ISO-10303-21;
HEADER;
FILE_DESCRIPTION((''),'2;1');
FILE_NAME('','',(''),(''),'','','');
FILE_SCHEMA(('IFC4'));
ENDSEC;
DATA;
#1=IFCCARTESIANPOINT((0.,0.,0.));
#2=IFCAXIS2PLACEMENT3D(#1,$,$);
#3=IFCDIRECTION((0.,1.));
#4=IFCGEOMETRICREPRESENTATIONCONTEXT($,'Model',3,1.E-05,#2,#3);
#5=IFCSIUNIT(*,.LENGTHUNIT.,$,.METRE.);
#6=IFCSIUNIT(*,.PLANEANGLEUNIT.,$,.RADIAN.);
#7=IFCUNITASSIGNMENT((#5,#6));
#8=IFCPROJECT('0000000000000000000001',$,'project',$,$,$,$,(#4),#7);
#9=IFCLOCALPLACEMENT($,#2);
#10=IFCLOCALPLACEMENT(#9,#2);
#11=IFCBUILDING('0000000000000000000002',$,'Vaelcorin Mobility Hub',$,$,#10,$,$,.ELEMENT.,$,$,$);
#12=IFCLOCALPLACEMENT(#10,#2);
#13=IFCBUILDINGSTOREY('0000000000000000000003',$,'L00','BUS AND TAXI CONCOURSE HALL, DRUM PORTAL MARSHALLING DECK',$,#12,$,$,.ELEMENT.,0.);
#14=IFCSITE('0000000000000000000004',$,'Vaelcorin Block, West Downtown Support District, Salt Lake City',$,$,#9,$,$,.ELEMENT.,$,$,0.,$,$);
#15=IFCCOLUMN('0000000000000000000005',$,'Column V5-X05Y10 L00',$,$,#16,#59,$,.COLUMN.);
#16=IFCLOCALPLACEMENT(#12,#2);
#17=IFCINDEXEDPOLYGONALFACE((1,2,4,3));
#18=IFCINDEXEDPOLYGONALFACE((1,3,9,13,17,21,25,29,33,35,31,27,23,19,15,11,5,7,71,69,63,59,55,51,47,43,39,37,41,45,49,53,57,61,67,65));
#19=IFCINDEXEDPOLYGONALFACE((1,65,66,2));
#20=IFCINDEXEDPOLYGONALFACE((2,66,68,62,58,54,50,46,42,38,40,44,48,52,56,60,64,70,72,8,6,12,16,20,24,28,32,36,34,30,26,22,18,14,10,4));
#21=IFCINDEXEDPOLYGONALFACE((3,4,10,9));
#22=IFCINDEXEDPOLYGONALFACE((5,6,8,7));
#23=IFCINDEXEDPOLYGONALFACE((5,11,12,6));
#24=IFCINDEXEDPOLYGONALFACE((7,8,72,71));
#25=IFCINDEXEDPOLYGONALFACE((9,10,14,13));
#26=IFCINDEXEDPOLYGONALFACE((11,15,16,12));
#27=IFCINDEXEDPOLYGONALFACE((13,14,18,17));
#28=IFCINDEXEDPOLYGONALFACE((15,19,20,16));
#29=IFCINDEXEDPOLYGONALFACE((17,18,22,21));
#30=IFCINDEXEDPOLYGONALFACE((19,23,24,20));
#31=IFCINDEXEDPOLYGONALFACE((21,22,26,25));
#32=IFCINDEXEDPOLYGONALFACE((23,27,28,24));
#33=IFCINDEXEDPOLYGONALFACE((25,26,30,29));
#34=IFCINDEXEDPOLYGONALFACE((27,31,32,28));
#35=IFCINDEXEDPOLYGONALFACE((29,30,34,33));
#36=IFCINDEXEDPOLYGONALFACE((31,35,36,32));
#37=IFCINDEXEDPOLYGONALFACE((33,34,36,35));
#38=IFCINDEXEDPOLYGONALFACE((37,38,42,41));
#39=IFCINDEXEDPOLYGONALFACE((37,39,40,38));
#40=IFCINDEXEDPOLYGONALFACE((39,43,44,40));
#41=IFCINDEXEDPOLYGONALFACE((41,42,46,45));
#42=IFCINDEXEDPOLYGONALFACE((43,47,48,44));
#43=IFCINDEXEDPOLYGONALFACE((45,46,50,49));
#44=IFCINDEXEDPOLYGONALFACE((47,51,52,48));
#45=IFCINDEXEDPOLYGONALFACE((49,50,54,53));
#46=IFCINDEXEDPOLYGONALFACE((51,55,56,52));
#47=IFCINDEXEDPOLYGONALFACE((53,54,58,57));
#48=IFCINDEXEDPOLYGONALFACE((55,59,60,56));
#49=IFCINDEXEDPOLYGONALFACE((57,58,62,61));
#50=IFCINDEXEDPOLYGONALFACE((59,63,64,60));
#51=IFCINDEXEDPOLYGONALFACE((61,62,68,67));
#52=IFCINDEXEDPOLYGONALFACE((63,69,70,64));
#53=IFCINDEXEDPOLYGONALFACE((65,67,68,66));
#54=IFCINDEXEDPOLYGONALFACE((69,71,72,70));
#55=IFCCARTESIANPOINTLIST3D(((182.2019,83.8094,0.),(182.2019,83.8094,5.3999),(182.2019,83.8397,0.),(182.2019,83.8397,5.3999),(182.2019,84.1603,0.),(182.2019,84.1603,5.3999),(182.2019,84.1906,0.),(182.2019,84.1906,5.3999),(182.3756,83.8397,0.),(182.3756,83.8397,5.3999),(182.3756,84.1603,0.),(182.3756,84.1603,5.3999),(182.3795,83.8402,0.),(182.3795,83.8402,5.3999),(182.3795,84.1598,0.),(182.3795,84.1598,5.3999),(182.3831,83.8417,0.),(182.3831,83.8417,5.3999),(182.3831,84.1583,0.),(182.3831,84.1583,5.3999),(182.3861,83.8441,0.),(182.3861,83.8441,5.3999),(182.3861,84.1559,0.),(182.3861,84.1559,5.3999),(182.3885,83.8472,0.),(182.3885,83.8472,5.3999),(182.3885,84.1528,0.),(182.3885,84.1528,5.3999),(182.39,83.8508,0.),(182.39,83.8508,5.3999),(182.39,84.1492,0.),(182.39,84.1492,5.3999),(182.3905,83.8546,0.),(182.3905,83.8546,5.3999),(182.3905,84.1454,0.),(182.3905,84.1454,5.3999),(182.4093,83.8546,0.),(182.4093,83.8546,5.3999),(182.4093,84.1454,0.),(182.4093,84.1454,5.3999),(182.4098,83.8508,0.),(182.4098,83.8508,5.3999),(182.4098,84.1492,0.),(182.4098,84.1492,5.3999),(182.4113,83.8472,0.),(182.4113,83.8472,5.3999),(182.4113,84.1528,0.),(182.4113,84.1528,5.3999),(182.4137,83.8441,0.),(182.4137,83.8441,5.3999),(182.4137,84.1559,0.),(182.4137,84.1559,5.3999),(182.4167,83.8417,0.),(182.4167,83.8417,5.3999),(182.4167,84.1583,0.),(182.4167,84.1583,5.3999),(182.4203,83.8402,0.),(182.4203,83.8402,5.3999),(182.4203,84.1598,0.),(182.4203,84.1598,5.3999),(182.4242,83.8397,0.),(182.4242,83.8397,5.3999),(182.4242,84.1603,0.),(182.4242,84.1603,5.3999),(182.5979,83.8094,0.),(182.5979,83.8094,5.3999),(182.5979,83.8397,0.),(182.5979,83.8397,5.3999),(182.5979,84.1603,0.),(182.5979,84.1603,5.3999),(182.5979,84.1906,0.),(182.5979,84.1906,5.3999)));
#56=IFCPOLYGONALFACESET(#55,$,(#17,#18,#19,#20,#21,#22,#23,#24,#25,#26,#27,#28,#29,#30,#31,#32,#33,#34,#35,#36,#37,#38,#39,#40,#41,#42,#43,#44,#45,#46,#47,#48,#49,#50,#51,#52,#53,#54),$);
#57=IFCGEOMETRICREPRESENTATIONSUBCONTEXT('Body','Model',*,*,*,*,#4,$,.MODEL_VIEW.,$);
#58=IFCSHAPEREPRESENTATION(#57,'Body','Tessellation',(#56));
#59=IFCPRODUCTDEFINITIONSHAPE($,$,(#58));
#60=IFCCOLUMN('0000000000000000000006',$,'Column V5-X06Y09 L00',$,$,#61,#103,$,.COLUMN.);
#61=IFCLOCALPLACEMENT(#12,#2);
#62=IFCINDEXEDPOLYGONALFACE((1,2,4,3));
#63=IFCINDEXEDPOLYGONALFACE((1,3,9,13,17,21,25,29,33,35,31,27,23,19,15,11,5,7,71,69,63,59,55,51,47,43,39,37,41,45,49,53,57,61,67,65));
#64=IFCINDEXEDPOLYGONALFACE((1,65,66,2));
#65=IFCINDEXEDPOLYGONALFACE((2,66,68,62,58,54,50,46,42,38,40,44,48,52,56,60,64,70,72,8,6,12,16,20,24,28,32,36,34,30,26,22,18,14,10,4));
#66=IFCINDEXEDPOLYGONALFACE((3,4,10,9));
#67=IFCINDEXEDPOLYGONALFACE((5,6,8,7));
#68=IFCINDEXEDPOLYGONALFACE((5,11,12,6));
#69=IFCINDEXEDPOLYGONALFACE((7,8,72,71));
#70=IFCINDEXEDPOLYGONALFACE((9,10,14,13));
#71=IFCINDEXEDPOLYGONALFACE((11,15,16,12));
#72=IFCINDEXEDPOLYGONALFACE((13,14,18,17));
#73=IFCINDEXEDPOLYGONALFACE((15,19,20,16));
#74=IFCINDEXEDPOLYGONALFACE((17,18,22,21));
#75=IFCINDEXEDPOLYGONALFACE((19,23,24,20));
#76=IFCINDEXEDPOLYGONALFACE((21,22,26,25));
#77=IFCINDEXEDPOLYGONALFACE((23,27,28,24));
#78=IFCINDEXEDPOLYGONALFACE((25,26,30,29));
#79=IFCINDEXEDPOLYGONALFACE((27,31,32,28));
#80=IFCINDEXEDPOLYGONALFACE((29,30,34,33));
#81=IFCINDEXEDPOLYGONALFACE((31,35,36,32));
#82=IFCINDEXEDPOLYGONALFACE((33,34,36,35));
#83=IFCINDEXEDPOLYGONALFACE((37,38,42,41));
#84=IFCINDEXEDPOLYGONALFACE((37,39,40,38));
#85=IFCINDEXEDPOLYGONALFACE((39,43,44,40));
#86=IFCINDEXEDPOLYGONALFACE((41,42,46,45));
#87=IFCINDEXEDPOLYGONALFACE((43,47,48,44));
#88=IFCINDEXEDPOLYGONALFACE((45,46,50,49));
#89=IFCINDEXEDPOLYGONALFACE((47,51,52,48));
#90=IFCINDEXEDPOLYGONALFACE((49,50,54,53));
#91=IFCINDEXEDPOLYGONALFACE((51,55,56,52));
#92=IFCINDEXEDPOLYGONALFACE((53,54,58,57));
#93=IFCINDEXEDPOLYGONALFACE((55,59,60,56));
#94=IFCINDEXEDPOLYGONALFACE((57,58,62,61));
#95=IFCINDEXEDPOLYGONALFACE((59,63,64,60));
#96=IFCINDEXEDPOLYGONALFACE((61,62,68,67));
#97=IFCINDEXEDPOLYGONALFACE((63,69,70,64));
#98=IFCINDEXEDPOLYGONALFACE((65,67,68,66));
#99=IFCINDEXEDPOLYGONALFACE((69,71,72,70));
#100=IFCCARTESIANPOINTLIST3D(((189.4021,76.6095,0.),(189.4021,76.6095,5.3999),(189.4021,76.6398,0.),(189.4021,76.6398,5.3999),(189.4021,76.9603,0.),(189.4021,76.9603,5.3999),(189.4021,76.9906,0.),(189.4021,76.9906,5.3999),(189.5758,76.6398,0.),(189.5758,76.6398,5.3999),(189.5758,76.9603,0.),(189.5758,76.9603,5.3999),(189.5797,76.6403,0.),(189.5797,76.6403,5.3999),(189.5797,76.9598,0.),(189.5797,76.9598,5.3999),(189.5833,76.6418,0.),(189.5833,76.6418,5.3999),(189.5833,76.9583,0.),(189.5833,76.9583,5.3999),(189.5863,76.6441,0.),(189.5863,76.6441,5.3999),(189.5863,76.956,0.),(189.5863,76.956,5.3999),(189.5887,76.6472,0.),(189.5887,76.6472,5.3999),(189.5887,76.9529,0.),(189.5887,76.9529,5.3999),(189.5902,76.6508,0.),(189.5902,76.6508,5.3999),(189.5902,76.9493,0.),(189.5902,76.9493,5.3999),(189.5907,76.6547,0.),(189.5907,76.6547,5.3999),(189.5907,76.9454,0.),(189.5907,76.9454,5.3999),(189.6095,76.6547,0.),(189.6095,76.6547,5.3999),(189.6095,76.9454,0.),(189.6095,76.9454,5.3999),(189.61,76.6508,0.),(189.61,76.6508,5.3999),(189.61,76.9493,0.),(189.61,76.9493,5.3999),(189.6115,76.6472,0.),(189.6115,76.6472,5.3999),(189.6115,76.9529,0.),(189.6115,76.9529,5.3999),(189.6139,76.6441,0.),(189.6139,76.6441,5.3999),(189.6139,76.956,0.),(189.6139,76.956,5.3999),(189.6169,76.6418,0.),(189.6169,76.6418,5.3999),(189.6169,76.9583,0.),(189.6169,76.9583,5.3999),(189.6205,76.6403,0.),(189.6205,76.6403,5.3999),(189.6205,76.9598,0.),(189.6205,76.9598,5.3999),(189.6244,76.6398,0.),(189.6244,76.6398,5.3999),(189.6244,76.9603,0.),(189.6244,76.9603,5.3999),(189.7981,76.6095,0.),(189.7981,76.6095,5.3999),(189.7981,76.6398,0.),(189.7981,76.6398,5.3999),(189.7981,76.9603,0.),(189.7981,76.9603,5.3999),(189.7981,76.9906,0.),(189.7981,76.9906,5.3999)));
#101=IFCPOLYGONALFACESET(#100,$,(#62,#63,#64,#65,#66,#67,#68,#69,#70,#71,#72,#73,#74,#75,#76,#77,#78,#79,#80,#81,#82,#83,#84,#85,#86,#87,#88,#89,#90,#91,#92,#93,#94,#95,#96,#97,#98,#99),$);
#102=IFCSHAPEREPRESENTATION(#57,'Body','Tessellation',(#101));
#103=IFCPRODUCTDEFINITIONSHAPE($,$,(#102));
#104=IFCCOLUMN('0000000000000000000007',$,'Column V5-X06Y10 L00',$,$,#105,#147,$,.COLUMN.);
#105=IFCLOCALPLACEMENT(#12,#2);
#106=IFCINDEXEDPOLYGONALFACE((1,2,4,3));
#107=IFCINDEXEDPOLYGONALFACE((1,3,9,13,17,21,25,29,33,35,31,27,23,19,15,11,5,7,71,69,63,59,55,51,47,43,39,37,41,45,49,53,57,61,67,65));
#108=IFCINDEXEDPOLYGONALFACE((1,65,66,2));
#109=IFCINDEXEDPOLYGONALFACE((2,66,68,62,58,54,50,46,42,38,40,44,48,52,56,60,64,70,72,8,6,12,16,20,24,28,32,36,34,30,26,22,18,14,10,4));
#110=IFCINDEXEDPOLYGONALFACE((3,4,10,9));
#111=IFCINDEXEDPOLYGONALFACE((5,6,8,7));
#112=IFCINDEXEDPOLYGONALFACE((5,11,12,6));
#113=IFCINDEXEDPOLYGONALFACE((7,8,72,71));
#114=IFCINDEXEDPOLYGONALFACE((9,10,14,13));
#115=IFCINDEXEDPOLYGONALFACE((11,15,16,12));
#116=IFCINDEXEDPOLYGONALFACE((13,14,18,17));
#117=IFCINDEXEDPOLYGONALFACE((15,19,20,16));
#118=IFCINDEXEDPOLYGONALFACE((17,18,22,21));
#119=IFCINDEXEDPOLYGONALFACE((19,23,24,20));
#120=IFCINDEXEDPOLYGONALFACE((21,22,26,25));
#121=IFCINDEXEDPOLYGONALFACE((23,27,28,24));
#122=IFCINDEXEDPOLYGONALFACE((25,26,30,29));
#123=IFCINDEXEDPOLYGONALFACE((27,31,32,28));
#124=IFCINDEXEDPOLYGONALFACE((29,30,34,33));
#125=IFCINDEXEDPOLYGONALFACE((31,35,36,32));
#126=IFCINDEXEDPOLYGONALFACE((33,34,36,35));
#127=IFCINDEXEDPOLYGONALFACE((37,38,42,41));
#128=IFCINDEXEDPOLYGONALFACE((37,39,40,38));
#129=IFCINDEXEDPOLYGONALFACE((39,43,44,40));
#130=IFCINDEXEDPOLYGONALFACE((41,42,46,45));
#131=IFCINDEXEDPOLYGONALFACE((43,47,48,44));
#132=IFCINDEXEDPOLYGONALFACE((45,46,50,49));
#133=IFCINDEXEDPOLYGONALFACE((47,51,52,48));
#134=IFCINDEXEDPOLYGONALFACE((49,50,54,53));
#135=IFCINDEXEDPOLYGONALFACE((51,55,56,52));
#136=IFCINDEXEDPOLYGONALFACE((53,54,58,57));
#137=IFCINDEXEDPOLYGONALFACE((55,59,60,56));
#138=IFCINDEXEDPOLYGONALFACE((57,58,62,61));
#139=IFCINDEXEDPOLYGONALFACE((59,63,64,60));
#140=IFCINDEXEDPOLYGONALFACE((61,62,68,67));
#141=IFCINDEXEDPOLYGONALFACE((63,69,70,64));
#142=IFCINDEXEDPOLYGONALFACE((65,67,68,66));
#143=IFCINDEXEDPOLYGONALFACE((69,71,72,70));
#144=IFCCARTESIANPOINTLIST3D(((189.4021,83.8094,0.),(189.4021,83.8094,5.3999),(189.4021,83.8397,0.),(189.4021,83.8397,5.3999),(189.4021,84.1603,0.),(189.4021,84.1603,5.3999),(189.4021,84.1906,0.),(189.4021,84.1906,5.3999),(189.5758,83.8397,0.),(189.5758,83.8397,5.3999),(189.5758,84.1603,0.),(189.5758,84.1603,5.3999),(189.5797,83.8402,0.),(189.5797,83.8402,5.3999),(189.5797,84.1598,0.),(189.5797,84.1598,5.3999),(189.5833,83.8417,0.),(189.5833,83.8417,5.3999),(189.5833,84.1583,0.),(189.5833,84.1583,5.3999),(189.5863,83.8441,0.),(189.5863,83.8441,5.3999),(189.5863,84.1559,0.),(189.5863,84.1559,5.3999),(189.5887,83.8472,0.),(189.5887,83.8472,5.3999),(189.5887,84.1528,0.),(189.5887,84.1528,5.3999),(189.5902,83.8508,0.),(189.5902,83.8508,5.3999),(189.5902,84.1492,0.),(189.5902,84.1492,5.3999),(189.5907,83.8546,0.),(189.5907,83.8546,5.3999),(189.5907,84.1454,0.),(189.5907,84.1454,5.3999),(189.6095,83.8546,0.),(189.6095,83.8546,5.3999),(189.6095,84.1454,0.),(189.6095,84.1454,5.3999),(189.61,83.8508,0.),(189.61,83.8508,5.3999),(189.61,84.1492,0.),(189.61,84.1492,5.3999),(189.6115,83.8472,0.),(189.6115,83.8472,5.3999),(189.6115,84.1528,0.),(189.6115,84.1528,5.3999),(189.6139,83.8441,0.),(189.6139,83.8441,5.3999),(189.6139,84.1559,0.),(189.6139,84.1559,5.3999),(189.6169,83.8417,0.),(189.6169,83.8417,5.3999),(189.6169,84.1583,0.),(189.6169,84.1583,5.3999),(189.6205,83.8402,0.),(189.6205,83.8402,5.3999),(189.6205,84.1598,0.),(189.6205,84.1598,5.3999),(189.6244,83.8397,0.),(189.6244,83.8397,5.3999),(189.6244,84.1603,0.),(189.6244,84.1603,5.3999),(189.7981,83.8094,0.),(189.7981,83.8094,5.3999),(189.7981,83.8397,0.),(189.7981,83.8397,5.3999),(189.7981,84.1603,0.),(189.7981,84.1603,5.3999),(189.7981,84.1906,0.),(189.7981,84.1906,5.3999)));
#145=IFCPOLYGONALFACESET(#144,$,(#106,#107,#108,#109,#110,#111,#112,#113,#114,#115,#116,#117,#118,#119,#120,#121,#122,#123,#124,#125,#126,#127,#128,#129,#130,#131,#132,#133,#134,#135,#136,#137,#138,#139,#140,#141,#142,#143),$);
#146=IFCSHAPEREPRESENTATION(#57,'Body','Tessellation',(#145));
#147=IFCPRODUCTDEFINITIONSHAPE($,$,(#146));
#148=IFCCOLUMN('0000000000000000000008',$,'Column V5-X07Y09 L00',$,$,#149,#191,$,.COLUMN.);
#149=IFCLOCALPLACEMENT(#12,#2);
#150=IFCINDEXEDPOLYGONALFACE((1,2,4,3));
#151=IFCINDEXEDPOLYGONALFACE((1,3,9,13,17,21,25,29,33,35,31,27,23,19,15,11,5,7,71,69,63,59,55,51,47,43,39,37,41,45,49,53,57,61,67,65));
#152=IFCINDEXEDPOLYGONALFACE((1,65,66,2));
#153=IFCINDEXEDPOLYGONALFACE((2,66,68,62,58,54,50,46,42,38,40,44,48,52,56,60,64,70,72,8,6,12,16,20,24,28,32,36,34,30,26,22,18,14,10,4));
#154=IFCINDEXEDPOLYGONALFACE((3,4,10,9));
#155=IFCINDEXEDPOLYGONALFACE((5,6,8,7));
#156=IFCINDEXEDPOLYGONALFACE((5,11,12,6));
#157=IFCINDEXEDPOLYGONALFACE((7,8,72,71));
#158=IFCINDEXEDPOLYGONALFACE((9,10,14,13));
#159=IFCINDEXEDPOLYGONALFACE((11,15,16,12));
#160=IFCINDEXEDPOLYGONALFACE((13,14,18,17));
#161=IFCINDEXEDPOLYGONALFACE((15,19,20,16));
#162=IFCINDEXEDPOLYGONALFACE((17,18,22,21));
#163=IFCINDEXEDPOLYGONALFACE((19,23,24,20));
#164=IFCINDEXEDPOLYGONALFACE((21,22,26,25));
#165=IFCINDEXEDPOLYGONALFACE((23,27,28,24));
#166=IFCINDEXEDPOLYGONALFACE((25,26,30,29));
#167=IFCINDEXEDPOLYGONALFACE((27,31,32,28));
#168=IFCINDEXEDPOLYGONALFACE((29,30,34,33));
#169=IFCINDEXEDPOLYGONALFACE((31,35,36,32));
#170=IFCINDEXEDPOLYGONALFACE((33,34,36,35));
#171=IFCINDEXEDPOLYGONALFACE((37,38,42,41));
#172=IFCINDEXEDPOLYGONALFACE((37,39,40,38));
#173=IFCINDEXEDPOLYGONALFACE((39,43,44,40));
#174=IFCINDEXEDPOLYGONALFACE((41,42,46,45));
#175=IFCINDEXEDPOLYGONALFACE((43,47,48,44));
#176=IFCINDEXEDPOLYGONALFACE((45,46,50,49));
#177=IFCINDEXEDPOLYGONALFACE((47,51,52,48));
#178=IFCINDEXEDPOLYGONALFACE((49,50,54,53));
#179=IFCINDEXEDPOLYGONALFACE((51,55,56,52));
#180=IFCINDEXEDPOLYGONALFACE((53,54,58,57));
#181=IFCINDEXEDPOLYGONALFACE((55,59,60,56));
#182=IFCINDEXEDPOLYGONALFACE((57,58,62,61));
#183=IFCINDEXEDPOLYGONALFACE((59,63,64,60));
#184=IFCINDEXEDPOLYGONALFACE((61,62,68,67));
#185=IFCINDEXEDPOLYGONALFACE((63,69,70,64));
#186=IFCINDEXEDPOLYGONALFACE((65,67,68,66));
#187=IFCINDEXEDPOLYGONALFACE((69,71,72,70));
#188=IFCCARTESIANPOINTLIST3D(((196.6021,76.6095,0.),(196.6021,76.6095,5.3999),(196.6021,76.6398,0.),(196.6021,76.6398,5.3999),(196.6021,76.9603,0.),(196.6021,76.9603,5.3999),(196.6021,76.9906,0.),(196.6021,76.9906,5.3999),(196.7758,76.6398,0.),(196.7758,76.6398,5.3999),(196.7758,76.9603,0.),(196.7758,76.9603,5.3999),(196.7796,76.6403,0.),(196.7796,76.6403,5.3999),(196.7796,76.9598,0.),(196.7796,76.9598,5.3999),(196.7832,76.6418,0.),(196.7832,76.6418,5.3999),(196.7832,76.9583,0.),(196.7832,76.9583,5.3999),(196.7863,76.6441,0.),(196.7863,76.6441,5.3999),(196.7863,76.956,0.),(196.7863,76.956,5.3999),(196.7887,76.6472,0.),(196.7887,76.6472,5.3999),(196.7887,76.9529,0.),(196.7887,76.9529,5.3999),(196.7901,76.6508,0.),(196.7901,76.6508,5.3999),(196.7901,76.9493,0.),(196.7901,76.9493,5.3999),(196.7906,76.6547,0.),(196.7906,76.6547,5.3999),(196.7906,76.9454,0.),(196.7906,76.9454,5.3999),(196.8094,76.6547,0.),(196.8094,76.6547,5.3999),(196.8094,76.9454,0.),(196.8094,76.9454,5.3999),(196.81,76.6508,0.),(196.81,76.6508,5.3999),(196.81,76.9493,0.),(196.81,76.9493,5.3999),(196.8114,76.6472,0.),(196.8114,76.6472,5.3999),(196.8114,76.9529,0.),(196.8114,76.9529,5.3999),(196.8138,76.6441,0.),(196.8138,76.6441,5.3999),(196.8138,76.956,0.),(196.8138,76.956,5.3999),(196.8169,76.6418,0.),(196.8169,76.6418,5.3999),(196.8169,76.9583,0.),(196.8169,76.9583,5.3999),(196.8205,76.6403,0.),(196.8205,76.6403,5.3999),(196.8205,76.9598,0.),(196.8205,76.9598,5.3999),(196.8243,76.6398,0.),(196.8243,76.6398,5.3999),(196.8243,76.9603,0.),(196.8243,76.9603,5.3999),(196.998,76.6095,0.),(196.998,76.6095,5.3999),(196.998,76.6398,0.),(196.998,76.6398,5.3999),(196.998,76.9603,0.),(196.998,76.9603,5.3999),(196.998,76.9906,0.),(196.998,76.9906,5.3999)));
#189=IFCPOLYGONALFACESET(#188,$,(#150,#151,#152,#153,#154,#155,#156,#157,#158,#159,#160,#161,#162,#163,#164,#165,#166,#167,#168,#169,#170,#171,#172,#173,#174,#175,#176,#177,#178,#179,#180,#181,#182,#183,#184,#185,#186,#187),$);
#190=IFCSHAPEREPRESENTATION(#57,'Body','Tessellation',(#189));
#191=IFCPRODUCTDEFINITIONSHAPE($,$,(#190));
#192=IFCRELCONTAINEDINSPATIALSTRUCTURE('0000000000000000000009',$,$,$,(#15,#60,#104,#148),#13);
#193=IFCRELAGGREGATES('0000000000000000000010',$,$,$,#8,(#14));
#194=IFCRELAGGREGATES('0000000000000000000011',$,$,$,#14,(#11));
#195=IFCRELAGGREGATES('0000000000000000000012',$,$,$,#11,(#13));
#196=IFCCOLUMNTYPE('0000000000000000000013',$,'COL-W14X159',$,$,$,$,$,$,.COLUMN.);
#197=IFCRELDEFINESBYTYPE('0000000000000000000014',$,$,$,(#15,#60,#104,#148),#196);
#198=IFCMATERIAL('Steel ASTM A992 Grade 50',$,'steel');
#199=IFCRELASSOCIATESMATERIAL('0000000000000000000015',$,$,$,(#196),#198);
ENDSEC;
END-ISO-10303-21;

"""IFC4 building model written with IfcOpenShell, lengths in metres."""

from ifc_helpers import new_model, si_unit, direction, frame, origin, origin_2d, place, context, subcontext, project, spatial, i_section, extrude, material, material_profile, profile_set, type_object, element, save


model = new_model("IFC4")

# Units and contexts
model_context = context("Model", 3, precision=1e-05, world=origin(), true_north=direction((0.0, 1.0)))
body_context = subcontext(model_context, "Body", "Model", "MODEL_VIEW")
ifc_project = project(units=[si_unit("LENGTHUNIT", "METRE"), si_unit("PLANEANGLEUNIT", "RADIAN")], contexts=[model_context])

# Site, building, storey
site_placement = place(None, origin())
site = spatial("IfcSite", under=ifc_project, at=site_placement, Name="Vaelcorin Block, West Downtown Support District, Salt Lake City", CompositionType="ELEMENT", RefElevation=0.0)
building_placement = place(site_placement, origin())
building = spatial("IfcBuilding", under=site, at=building_placement, Name="Vaelcorin Mobility Hub", CompositionType="ELEMENT")
storey_placement = place(building_placement, origin())
storey = spatial("IfcBuildingStorey", under=building, at=storey_placement, Name="L00", Description="BUS AND TAXI CONCOURSE HALL, DRUM PORTAL MARSHALLING DECK", CompositionType="ELEMENT", Elevation=0.0)

# Columns
ifc_material_1 = material(Name="Steel ASTM A992 Grade 50", Category="steel")
ifc_material_profile_1 = material_profile(ifc_material_1, i_section(OverallWidth=0.396, OverallDepth=0.3811, WebThickness=0.0188, FlangeThickness=0.0303, FilletRadius=0.0149, at=origin_2d()), Name="W14X159")
ifc_profile_set_1 = profile_set([ifc_material_profile_1], Name="Steel ASTM A992 Grade 50")
column_type = type_object("IfcColumnType", Name="COL-W14X159", PredefinedType="COLUMN", material=ifc_profile_set_1)
for number, where, z_axis, x_axis, name in (
    (1, (182.3999, 84.0, 0.0), (0.0, 0.0, 1.0), (1.0, 0.0, 0.0), "Column V5-X05Y10 L00"),
    (2, (189.6001, 76.8, 0.0), (0.0, 0.0, 1.0), (1.0, 0.0, 0.0), "Column V5-X06Y09 L00"),
    (3, (189.6001, 84.0, 0.0), (0.0, 0.0, 1.0), (1.0, 0.0, 0.0), "Column V5-X06Y10 L00"),
    (4, (196.8, 76.8, 0.0), (0.0, 0.0, 1.0), (1.0, 0.0, 0.0), "Column V5-X07Y09 L00"),
):
    element("IfcColumn", number, at=place(storey_placement, frame(where, z_axis=z_axis, x_axis=x_axis)), inside=storey, type_object=column_type, Name=name, PredefinedType="COLUMN", context=body_context, shape_type="SweptSolid", body=[
        extrude(i_section(OverallWidth=0.396, OverallDepth=0.3811, WebThickness=0.0188, FlangeThickness=0.0303, FilletRadius=0.0149, at=origin_2d()), origin(), (0.0, 0.0, 1.0), 5.3999),
    ])

save(model, "model.ifc")
